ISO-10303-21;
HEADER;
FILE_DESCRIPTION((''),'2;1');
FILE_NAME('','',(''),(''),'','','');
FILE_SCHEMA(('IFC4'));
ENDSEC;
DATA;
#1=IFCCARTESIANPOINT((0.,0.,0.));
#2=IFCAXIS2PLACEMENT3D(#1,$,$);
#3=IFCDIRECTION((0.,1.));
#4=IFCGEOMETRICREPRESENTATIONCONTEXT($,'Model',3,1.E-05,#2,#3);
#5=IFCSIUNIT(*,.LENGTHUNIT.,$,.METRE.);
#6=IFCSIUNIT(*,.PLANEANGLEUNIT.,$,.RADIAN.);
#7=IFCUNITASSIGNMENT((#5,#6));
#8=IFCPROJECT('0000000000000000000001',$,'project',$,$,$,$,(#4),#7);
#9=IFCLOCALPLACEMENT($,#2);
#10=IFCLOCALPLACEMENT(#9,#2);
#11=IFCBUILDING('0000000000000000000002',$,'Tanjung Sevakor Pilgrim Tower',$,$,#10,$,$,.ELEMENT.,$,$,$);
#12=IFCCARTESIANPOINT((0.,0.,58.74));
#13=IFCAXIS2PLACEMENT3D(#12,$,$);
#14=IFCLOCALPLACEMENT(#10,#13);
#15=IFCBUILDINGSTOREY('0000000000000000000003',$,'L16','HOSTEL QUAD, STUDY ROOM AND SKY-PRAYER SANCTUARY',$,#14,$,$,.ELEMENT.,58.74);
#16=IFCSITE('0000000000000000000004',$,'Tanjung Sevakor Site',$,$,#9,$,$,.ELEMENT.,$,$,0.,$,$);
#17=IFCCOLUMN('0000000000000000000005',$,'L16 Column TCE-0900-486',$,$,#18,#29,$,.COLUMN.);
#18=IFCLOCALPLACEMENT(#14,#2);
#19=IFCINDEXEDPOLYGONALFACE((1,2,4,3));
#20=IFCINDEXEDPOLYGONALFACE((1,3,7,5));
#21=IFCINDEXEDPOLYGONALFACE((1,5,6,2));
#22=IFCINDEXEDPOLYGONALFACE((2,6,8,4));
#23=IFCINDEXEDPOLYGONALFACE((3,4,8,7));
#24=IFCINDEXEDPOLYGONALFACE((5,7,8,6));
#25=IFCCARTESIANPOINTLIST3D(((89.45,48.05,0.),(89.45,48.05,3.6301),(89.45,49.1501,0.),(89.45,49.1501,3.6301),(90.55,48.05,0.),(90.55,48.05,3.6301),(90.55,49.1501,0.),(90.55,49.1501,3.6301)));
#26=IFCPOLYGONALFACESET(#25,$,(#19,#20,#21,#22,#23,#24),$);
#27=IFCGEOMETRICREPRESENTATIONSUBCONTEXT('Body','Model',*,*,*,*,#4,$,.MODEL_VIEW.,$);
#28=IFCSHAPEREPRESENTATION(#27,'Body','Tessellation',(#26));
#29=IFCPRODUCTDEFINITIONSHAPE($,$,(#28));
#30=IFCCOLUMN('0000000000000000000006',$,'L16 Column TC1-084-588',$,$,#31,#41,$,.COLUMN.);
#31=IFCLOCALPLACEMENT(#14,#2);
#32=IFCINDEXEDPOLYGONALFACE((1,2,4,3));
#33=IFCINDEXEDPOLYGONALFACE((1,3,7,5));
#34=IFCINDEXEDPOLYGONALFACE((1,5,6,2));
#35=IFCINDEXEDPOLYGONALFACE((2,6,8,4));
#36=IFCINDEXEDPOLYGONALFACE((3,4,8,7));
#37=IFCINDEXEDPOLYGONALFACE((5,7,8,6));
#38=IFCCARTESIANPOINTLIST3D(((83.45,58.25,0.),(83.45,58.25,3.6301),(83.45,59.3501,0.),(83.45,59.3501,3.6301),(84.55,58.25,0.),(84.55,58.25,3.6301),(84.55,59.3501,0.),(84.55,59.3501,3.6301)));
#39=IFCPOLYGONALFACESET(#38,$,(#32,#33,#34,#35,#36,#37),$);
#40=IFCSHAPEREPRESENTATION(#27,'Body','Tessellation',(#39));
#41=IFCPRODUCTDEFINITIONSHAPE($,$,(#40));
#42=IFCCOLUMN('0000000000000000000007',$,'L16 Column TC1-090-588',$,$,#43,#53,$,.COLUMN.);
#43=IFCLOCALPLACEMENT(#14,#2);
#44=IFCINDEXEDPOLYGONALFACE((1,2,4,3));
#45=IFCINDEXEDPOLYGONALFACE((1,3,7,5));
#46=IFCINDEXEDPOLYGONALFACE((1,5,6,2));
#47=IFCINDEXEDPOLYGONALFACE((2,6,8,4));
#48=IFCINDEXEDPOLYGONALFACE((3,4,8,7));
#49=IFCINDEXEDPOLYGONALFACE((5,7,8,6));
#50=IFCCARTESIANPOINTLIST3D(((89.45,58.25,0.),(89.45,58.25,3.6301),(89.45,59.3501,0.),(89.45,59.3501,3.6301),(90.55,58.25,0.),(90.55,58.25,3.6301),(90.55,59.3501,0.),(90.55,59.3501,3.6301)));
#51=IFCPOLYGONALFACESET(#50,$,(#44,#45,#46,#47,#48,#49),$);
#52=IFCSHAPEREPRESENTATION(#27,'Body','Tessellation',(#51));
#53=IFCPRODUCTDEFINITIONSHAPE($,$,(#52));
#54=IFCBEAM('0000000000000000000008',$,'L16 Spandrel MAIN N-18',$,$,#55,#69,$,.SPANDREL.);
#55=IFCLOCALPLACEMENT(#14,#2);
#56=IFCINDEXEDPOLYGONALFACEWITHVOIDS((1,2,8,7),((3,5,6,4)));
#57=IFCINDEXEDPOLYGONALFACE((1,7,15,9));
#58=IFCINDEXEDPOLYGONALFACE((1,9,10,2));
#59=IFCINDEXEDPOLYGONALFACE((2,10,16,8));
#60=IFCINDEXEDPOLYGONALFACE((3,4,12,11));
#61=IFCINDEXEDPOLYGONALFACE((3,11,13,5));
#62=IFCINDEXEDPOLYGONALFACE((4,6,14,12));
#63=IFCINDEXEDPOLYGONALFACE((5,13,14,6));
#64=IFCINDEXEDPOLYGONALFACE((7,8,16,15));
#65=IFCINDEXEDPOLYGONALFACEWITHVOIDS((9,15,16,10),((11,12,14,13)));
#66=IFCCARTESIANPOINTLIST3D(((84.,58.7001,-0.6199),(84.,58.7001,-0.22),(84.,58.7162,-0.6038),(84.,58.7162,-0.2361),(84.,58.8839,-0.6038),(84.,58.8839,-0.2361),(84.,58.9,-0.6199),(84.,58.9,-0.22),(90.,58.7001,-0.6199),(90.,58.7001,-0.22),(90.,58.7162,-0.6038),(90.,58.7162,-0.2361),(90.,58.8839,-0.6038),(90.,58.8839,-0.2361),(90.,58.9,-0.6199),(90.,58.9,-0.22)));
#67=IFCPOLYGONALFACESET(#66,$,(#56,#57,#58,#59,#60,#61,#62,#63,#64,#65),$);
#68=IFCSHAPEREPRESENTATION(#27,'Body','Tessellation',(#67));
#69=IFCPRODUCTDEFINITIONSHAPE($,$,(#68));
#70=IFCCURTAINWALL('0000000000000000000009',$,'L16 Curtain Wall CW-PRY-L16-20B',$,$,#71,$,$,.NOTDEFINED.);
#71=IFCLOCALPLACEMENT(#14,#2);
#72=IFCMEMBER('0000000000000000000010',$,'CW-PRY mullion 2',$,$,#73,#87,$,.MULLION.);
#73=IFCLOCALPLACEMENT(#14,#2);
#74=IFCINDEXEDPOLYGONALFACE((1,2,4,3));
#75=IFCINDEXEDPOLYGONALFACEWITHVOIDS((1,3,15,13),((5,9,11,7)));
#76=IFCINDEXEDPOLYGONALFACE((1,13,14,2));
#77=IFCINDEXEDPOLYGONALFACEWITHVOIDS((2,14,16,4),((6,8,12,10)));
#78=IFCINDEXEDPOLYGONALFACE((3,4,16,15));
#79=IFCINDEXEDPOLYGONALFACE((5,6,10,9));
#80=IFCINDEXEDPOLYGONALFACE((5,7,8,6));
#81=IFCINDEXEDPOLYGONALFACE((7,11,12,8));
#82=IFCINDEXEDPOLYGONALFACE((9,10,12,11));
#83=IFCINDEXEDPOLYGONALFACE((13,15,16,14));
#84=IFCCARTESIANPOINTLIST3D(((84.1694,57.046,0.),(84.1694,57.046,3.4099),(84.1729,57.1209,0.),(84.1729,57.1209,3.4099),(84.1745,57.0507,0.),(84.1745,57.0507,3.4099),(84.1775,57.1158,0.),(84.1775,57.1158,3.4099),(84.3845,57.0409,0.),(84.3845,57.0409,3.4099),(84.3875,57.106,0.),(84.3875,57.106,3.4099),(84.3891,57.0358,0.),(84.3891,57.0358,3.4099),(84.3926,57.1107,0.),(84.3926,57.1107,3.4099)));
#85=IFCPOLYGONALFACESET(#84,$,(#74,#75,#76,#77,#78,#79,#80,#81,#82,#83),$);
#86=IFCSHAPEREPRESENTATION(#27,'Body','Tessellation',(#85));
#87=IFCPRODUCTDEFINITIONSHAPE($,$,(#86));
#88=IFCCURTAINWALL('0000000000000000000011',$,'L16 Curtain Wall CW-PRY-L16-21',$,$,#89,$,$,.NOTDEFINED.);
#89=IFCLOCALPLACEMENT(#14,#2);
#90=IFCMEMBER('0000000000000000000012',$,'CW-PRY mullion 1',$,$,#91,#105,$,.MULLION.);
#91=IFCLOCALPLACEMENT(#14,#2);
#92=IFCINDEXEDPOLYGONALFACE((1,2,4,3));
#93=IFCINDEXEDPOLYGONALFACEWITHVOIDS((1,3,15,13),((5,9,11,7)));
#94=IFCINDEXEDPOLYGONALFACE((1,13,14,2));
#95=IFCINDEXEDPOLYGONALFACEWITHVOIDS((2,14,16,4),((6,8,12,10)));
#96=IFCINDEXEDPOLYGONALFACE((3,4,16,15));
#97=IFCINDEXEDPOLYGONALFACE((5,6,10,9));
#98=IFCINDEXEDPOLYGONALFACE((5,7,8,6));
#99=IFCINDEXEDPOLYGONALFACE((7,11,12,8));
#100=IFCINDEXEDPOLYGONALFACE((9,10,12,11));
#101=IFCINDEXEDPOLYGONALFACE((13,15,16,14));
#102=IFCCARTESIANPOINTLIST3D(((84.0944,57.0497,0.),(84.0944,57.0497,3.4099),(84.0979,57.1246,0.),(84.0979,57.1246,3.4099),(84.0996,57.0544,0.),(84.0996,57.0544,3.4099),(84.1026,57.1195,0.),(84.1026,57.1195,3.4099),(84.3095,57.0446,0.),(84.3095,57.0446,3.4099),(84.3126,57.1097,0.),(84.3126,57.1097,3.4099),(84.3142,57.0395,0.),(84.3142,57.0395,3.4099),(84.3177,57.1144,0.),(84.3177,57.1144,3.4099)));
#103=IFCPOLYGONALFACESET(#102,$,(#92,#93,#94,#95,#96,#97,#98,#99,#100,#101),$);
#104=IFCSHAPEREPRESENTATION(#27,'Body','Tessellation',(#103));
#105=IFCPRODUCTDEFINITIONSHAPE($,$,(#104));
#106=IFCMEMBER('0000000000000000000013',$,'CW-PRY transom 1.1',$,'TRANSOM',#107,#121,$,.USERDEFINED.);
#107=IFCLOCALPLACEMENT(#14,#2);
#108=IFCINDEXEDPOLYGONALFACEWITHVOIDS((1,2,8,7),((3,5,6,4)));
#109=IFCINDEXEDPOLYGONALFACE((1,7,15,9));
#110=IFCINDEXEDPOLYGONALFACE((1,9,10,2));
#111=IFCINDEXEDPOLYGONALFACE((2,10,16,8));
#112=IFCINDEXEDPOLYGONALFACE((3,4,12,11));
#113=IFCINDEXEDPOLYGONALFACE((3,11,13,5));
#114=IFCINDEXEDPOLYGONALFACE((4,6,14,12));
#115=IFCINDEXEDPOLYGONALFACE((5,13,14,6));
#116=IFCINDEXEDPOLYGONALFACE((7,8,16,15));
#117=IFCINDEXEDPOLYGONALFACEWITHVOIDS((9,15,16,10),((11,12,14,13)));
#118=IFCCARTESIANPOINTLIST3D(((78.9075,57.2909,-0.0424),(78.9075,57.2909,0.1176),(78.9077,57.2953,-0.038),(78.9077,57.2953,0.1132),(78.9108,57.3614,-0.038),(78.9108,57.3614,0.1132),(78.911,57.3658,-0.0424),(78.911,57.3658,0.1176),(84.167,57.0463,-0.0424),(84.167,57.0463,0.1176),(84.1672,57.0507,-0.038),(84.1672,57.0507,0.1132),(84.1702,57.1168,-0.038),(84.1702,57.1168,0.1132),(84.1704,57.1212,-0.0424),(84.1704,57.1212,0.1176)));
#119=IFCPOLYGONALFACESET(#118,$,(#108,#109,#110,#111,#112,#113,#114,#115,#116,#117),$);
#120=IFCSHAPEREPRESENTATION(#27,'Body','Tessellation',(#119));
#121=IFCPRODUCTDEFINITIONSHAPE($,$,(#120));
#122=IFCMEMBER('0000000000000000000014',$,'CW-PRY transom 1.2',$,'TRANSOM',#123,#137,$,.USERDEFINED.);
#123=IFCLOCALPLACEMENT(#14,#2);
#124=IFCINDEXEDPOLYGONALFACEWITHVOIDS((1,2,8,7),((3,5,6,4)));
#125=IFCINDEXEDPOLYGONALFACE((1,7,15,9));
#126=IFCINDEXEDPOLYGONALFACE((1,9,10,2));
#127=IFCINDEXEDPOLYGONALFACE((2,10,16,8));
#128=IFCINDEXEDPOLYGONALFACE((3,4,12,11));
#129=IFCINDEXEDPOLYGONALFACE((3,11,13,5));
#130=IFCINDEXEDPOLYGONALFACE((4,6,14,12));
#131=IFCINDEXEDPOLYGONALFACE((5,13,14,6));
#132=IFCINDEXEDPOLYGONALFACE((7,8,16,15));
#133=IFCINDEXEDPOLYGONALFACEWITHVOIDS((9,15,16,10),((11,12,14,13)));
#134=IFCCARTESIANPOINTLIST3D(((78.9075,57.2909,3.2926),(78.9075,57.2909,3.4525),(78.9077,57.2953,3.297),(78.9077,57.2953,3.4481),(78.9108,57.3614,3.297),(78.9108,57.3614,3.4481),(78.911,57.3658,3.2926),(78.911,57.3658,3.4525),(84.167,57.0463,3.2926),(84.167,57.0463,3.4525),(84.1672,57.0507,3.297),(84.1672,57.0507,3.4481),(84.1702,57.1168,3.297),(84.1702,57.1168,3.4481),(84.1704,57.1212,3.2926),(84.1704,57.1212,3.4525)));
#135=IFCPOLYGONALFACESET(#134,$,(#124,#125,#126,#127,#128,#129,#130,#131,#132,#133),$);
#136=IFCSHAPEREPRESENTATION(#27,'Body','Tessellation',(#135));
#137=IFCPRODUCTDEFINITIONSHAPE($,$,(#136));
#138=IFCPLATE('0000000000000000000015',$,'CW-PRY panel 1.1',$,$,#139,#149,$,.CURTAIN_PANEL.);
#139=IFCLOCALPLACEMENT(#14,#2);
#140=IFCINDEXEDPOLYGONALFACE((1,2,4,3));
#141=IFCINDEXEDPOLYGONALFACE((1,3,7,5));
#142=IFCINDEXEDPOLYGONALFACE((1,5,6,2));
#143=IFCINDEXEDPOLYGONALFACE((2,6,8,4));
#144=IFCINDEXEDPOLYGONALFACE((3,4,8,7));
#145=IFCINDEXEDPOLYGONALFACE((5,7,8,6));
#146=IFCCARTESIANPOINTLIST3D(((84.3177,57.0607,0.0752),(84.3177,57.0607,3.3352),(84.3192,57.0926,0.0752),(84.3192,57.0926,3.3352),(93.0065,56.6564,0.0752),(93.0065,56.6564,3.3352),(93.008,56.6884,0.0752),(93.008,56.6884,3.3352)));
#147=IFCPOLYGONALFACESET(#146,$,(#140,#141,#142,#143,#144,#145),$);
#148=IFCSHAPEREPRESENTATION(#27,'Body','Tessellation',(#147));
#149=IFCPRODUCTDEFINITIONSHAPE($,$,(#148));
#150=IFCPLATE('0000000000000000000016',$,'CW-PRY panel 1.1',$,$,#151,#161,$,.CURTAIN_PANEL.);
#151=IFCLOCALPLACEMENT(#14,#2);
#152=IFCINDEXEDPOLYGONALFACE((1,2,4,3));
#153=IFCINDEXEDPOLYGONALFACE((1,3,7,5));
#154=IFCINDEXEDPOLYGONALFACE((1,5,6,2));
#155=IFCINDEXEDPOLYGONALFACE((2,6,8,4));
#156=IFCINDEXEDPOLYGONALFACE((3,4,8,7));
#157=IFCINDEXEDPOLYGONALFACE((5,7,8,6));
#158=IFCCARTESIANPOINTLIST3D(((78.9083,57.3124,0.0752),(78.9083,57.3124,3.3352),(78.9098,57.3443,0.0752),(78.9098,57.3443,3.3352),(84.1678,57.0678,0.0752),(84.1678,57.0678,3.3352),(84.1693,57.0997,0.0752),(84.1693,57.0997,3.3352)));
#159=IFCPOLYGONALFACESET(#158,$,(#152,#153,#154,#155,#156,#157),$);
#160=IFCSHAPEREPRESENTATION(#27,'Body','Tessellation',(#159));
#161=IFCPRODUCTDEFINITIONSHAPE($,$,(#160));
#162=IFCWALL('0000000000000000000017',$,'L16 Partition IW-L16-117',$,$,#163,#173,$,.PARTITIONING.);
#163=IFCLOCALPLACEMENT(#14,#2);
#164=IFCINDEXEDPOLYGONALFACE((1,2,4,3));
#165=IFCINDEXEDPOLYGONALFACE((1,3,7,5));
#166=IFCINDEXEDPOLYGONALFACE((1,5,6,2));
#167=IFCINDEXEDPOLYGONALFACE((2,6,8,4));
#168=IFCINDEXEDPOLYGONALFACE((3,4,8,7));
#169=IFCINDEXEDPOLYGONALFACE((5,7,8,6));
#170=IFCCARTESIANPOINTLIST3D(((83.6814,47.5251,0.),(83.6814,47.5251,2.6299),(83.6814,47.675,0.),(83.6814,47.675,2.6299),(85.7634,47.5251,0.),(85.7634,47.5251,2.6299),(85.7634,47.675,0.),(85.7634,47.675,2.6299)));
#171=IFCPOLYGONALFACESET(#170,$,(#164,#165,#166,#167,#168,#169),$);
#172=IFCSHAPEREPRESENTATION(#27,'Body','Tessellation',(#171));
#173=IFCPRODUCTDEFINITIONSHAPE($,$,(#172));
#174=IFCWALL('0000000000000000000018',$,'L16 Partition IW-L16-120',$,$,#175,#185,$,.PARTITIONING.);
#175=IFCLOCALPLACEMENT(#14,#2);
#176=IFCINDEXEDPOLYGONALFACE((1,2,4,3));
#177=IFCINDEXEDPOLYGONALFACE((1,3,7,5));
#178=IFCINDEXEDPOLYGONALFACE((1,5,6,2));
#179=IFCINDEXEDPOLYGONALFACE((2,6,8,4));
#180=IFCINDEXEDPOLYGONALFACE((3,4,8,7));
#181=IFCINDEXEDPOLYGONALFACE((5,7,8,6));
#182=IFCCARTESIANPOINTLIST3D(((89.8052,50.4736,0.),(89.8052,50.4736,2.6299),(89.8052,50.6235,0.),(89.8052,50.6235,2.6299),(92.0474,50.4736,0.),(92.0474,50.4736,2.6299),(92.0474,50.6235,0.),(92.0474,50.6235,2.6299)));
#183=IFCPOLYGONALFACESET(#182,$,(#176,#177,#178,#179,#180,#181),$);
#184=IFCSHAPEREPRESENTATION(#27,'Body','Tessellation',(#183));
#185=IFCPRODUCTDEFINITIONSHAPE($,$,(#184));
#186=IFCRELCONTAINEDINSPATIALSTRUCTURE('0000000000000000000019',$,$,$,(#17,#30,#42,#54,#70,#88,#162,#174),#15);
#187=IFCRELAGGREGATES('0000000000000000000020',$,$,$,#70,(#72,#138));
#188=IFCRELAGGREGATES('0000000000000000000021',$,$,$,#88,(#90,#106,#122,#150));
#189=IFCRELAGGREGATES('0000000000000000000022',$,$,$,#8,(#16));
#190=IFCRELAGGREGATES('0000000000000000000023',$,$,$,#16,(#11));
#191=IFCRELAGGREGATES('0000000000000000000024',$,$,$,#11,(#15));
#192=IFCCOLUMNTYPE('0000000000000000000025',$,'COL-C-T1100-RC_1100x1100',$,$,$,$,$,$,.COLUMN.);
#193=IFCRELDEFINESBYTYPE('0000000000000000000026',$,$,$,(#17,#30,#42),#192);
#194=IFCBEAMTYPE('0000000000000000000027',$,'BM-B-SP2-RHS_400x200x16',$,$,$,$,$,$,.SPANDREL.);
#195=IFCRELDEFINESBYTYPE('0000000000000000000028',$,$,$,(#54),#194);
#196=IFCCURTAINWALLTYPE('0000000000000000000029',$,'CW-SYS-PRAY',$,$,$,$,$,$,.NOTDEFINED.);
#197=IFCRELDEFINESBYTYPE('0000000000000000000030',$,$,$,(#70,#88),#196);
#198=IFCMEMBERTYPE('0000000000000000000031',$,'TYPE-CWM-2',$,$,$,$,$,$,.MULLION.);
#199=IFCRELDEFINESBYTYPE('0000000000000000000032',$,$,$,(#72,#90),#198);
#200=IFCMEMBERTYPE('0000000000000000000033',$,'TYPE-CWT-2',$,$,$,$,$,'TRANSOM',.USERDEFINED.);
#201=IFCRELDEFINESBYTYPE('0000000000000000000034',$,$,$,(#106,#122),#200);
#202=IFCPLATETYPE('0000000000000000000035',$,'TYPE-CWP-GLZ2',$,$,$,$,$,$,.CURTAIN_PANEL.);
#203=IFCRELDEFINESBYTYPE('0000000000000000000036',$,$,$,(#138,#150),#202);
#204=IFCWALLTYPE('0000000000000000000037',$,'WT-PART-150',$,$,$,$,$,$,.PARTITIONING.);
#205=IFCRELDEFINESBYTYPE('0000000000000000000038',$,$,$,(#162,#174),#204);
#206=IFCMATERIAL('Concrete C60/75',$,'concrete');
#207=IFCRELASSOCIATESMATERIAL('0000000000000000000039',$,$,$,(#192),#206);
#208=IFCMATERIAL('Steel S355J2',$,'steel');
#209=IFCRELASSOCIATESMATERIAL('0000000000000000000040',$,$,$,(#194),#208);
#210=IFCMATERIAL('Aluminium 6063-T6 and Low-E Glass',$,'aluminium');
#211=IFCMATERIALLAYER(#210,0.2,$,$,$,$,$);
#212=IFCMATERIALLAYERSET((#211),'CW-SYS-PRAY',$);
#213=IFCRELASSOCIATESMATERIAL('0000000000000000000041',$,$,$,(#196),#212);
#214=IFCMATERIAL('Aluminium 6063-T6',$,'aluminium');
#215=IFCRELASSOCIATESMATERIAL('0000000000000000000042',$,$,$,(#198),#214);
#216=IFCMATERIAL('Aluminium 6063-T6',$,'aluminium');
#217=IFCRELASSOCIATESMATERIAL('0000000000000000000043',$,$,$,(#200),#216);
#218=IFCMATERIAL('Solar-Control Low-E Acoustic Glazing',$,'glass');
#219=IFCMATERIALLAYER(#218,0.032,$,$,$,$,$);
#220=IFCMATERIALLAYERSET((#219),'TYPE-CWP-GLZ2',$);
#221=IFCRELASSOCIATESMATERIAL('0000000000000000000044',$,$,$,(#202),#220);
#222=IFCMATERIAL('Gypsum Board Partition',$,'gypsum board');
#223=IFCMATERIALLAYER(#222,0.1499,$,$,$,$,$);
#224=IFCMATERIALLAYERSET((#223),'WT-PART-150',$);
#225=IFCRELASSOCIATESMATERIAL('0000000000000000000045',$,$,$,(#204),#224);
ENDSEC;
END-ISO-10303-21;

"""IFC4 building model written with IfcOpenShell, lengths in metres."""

from ifc_helpers import new_model, si_unit, direction, frame, frame_2d, origin, origin_2d, place, context, subcontext, project, spatial, rectangle, hollow_rectangle, extrude, material, layer, layer_set, material_profile, profile_set, type_object, element, aggregate, save


model = new_model("IFC4")

# Units and contexts
model_context = context("Model", 3, precision=1e-05, world=origin(), true_north=direction((0.0, 1.0)))
body_context = subcontext(model_context, "Body", "Model", "MODEL_VIEW")
ifc_project = project(units=[si_unit("LENGTHUNIT", "METRE"), si_unit("PLANEANGLEUNIT", "RADIAN")], contexts=[model_context])

# Site, building, storey
site_placement = place(None, origin())
site = spatial("IfcSite", under=ifc_project, at=site_placement, Name="Tanjung Sevakor Site", CompositionType="ELEMENT", RefElevation=0.0)
building_placement = place(site_placement, origin())
building = spatial("IfcBuilding", under=site, at=building_placement, Name="Tanjung Sevakor Pilgrim Tower", CompositionType="ELEMENT")
storey_placement = place(building_placement, frame((0.0, 0.0, 58.74)))
storey = spatial("IfcBuildingStorey", under=building, at=storey_placement, Name="L16", Description="HOSTEL QUAD, STUDY ROOM AND SKY-PRAYER SANCTUARY", CompositionType="ELEMENT", Elevation=58.74)

# Columns
ifc_material_1 = material(Name="Concrete C60/75", Category="concrete")
ifc_material_profile_1 = material_profile(ifc_material_1, rectangle(XDim=1.1001, YDim=1.1001, at=origin_2d()))
ifc_profile_set_1 = profile_set([ifc_material_profile_1], Name="Concrete C60/75")
column_type = type_object("IfcColumnType", Name="COL-C-T1100-RC_1100x1100", PredefinedType="COLUMN", material=ifc_profile_set_1)
for number, where, z_axis, x_axis, name in (
    (1, (90.0, 48.6001, 0.0), (0.0, 0.0, 1.0), (1.0, 0.0, 0.0), "L16 Column TCE-0900-486"),
    (2, (84.0, 58.8, 0.0), (0.0, 0.0, 1.0), (1.0, 0.0, 0.0), "L16 Column TC1-084-588"),
    (3, (90.0, 58.8, 0.0), (0.0, 0.0, 1.0), (1.0, 0.0, 0.0), "L16 Column TC1-090-588"),
):
    element("IfcColumn", number, at=place(storey_placement, frame(where, z_axis=z_axis, x_axis=x_axis)), inside=storey, type_object=column_type, Name=name, PredefinedType="COLUMN", context=body_context, shape_type="SweptSolid", body=[
        extrude(rectangle(XDim=1.1001, YDim=1.1001, at=origin_2d()), origin(), (0.0, 0.0, 1.0), 3.6301),
    ])

# Beam
ifc_material_2 = material(Name="Steel S355J2", Category="steel")
ifc_material_profile_2 = material_profile(ifc_material_2, hollow_rectangle(XDim=0.2, YDim=0.3999, WallThickness=0.0161, at=origin_2d()))
ifc_profile_set_2 = profile_set([ifc_material_profile_2], Name="Steel S355J2")
beam_type = type_object("IfcBeamType", Name="BM-B-SP2-RHS_400x200x16", PredefinedType="SPANDREL", material=ifc_profile_set_2)
beam_placement = place(storey_placement, frame((84.0, 58.8, -0.4199), z_axis=(1.0, 0.0, 0.0), x_axis=(0.0, 1.0, 0.0)))
element("IfcBeam", 4, at=beam_placement, inside=storey, type_object=beam_type, Name="L16 Spandrel MAIN N-18", PredefinedType="SPANDREL", context=body_context, shape_type="SweptSolid", body=[
    extrude(hollow_rectangle(XDim=0.2, YDim=0.3999, WallThickness=0.0161, at=origin_2d()), origin(), (0.0, 0.0, 1.0), 6.0),
])

# Curtain wall, member
ifc_material_3 = material(Name="Aluminium 6063-T6 and Low-E Glass", Category="aluminium")
ifc_layer_1 = layer(ifc_material_3, 0.2)
ifc_layer_set_1 = layer_set([ifc_layer_1], Name="CW-SYS-PRAY")
curtain_wall_type = type_object("IfcCurtainWallType", Name="CW-SYS-PRAY", PredefinedType="NOTDEFINED", material=ifc_layer_set_1)
curtain_wall_1_placement = place(storey_placement, origin())
curtain_wall_1 = element("IfcCurtainWall", 5, at=curtain_wall_1_placement, inside=storey, type_object=curtain_wall_type, Name="L16 Curtain Wall CW-PRY-L16-20B", PredefinedType="NOTDEFINED")
ifc_material_4 = material(Name="Aluminium 6063-T6", Category="aluminium")
ifc_material_profile_3 = material_profile(ifc_material_4, hollow_rectangle(XDim=0.075, YDim=0.22, WallThickness=0.0049, at=origin_2d()))
ifc_profile_set_3 = profile_set([ifc_material_profile_3], Name="Aluminium 6063-T6")
member_type_1 = type_object("IfcMemberType", Name="TYPE-CWM-2", PredefinedType="MULLION", material=ifc_profile_set_3)
member_1_placement = place(storey_placement, frame((84.281, 57.0784, 0.0), z_axis=(0.0, 0.0, 1.0), x_axis=(-0.046472, -0.99892, 0.0)))
member_1 = element("IfcMember", 6, at=member_1_placement, type_object=member_type_1, Name="CW-PRY mullion 2", PredefinedType="MULLION", context=body_context, shape_type="SweptSolid", body=[
    extrude(hollow_rectangle(XDim=0.075, YDim=0.22, WallThickness=0.0049, at=origin_2d()), origin(), (0.0, 0.0, 1.0), 3.4099),
])

# Curtain wall, members
curtain_wall_2_placement = place(storey_placement, origin())
curtain_wall_2 = element("IfcCurtainWall", 7, at=curtain_wall_2_placement, inside=storey, type_object=curtain_wall_type, Name="L16 Curtain Wall CW-PRY-L16-21", PredefinedType="NOTDEFINED")
member_2_placement = place(storey_placement, frame((84.2061, 57.082, 0.0), z_axis=(0.0, 0.0, 1.0), x_axis=(-0.046452, -0.998921, 0.0)))
member_2 = element("IfcMember", 8, at=member_2_placement, type_object=member_type_1, Name="CW-PRY mullion 1", PredefinedType="MULLION", context=body_context, shape_type="SweptSolid", body=[
    extrude(hollow_rectangle(XDim=0.075, YDim=0.22, WallThickness=0.0049, at=origin_2d()), origin(), (0.0, 0.0, 1.0), 3.4099),
])
ifc_material_5 = material(Name="Aluminium 6063-T6", Category="aluminium")
ifc_material_profile_4 = material_profile(ifc_material_5, hollow_rectangle(XDim=0.075, YDim=0.1599, WallThickness=0.0044, at=origin_2d()))
ifc_profile_set_4 = profile_set([ifc_material_profile_4], Name="Aluminium 6063-T6")
member_type_2 = type_object("IfcMemberType", Name="TYPE-CWT-2", ElementType="TRANSOM", PredefinedType="USERDEFINED", material=ifc_profile_set_4)
member_3_placement = place(storey_placement, frame((84.1687, 57.0837, 0.0376), z_axis=(-0.99892, 0.046461, 0.0), x_axis=(-0.046461, -0.99892, 0.0)))
member_3 = element("IfcMember", 9, at=member_3_placement, type_object=member_type_2, Name="CW-PRY transom 1.1", ObjectType="TRANSOM", PredefinedType="USERDEFINED", context=body_context, shape_type="SweptSolid", body=[
    extrude(hollow_rectangle(XDim=0.075, YDim=0.1599, WallThickness=0.0044, at=origin_2d()), origin(), (0.0, 0.0, 1.0), 5.2651),
])
member_4_placement = place(storey_placement, frame((84.1687, 57.0837, 3.3726), z_axis=(-0.99892, 0.046461, 0.0), x_axis=(-0.046461, -0.99892, 0.0)))
member_4 = element("IfcMember", 10, at=member_4_placement, type_object=member_type_2, Name="CW-PRY transom 1.2", ObjectType="TRANSOM", PredefinedType="USERDEFINED", context=body_context, shape_type="SweptSolid", body=[
    extrude(hollow_rectangle(XDim=0.075, YDim=0.1599, WallThickness=0.0044, at=origin_2d()), origin(), (0.0, 0.0, 1.0), 5.2651),
])

# Plates
ifc_material_6 = material(Name="Solar-Control Low-E Acoustic Glazing", Category="glass")
ifc_layer_2 = layer(ifc_material_6, 0.032)
ifc_layer_set_2 = layer_set([ifc_layer_2], Name="TYPE-CWP-GLZ2")
plate_type = type_object("IfcPlateType", Name="TYPE-CWP-GLZ2", PredefinedType="CURTAIN_PANEL", material=ifc_layer_set_2)
plate_1_placement = place(storey_placement, frame((88.6628, 56.8745, 0.0752), z_axis=(0.0, 0.0, 1.0), x_axis=(-0.99892, 0.046472, 0.0)))
plate_1 = element("IfcPlate", 11, at=plate_1_placement, type_object=plate_type, Name="CW-PRY panel 1.1", PredefinedType="CURTAIN_PANEL", context=body_context, shape_type="SweptSolid", body=[
    extrude(rectangle(XDim=8.6982, YDim=0.032, at=origin_2d()), origin(), (0.0, 0.0, 1.0), 3.26),
])
aggregate(curtain_wall_1, [member_1, plate_1])
plate_2_placement = place(storey_placement, frame((81.5388, 57.2061, 0.0752), z_axis=(0.0, 0.0, 1.0), x_axis=(-0.998921, 0.046452, 0.0)))
plate_2 = element("IfcPlate", 12, at=plate_2_placement, type_object=plate_type, Name="CW-PRY panel 1.1", PredefinedType="CURTAIN_PANEL", context=body_context, shape_type="SweptSolid", body=[
    extrude(rectangle(XDim=5.2651, YDim=0.032, at=origin_2d()), origin(), (0.0, 0.0, 1.0), 3.26),
])
aggregate(curtain_wall_2, [member_2, member_3, member_4, plate_2])

# Walls
ifc_material_7 = material(Name="Gypsum Board Partition", Category="gypsum board")
ifc_layer_3 = layer(ifc_material_7, 0.1499)
ifc_layer_set_3 = layer_set([ifc_layer_3], Name="WT-PART-150")
wall_type = type_object("IfcWallType", Name="WT-PART-150", PredefinedType="PARTITIONING", material=ifc_layer_set_3)
wall_1_placement = place(storey_placement, frame((83.6814, 47.6001, 0.0), z_axis=(0.0, 0.0, 1.0), x_axis=(1.0, 0.0, 0.0)))
element("IfcWall", 13, at=wall_1_placement, inside=storey, type_object=wall_type, Name="L16 Partition IW-L16-117", PredefinedType="PARTITIONING", context=body_context, shape_type="SweptSolid", body=[
    extrude(rectangle(XDim=2.082, YDim=0.1499, at=frame_2d((1.041, 0.0))), origin(), (0.0, 0.0, 1.0), 2.6299),
])
wall_2_placement = place(storey_placement, frame((89.8052, 50.5486, 0.0), z_axis=(0.0, 0.0, 1.0), x_axis=(1.0, 0.0, 0.0)))
element("IfcWall", 14, at=wall_2_placement, inside=storey, type_object=wall_type, Name="L16 Partition IW-L16-120", PredefinedType="PARTITIONING", context=body_context, shape_type="SweptSolid", body=[
    extrude(rectangle(XDim=2.2422, YDim=0.1499, at=frame_2d((1.1211, 0.0))), origin(), (0.0, 0.0, 1.0), 2.6299),
])

save(model, "model.ifc")
